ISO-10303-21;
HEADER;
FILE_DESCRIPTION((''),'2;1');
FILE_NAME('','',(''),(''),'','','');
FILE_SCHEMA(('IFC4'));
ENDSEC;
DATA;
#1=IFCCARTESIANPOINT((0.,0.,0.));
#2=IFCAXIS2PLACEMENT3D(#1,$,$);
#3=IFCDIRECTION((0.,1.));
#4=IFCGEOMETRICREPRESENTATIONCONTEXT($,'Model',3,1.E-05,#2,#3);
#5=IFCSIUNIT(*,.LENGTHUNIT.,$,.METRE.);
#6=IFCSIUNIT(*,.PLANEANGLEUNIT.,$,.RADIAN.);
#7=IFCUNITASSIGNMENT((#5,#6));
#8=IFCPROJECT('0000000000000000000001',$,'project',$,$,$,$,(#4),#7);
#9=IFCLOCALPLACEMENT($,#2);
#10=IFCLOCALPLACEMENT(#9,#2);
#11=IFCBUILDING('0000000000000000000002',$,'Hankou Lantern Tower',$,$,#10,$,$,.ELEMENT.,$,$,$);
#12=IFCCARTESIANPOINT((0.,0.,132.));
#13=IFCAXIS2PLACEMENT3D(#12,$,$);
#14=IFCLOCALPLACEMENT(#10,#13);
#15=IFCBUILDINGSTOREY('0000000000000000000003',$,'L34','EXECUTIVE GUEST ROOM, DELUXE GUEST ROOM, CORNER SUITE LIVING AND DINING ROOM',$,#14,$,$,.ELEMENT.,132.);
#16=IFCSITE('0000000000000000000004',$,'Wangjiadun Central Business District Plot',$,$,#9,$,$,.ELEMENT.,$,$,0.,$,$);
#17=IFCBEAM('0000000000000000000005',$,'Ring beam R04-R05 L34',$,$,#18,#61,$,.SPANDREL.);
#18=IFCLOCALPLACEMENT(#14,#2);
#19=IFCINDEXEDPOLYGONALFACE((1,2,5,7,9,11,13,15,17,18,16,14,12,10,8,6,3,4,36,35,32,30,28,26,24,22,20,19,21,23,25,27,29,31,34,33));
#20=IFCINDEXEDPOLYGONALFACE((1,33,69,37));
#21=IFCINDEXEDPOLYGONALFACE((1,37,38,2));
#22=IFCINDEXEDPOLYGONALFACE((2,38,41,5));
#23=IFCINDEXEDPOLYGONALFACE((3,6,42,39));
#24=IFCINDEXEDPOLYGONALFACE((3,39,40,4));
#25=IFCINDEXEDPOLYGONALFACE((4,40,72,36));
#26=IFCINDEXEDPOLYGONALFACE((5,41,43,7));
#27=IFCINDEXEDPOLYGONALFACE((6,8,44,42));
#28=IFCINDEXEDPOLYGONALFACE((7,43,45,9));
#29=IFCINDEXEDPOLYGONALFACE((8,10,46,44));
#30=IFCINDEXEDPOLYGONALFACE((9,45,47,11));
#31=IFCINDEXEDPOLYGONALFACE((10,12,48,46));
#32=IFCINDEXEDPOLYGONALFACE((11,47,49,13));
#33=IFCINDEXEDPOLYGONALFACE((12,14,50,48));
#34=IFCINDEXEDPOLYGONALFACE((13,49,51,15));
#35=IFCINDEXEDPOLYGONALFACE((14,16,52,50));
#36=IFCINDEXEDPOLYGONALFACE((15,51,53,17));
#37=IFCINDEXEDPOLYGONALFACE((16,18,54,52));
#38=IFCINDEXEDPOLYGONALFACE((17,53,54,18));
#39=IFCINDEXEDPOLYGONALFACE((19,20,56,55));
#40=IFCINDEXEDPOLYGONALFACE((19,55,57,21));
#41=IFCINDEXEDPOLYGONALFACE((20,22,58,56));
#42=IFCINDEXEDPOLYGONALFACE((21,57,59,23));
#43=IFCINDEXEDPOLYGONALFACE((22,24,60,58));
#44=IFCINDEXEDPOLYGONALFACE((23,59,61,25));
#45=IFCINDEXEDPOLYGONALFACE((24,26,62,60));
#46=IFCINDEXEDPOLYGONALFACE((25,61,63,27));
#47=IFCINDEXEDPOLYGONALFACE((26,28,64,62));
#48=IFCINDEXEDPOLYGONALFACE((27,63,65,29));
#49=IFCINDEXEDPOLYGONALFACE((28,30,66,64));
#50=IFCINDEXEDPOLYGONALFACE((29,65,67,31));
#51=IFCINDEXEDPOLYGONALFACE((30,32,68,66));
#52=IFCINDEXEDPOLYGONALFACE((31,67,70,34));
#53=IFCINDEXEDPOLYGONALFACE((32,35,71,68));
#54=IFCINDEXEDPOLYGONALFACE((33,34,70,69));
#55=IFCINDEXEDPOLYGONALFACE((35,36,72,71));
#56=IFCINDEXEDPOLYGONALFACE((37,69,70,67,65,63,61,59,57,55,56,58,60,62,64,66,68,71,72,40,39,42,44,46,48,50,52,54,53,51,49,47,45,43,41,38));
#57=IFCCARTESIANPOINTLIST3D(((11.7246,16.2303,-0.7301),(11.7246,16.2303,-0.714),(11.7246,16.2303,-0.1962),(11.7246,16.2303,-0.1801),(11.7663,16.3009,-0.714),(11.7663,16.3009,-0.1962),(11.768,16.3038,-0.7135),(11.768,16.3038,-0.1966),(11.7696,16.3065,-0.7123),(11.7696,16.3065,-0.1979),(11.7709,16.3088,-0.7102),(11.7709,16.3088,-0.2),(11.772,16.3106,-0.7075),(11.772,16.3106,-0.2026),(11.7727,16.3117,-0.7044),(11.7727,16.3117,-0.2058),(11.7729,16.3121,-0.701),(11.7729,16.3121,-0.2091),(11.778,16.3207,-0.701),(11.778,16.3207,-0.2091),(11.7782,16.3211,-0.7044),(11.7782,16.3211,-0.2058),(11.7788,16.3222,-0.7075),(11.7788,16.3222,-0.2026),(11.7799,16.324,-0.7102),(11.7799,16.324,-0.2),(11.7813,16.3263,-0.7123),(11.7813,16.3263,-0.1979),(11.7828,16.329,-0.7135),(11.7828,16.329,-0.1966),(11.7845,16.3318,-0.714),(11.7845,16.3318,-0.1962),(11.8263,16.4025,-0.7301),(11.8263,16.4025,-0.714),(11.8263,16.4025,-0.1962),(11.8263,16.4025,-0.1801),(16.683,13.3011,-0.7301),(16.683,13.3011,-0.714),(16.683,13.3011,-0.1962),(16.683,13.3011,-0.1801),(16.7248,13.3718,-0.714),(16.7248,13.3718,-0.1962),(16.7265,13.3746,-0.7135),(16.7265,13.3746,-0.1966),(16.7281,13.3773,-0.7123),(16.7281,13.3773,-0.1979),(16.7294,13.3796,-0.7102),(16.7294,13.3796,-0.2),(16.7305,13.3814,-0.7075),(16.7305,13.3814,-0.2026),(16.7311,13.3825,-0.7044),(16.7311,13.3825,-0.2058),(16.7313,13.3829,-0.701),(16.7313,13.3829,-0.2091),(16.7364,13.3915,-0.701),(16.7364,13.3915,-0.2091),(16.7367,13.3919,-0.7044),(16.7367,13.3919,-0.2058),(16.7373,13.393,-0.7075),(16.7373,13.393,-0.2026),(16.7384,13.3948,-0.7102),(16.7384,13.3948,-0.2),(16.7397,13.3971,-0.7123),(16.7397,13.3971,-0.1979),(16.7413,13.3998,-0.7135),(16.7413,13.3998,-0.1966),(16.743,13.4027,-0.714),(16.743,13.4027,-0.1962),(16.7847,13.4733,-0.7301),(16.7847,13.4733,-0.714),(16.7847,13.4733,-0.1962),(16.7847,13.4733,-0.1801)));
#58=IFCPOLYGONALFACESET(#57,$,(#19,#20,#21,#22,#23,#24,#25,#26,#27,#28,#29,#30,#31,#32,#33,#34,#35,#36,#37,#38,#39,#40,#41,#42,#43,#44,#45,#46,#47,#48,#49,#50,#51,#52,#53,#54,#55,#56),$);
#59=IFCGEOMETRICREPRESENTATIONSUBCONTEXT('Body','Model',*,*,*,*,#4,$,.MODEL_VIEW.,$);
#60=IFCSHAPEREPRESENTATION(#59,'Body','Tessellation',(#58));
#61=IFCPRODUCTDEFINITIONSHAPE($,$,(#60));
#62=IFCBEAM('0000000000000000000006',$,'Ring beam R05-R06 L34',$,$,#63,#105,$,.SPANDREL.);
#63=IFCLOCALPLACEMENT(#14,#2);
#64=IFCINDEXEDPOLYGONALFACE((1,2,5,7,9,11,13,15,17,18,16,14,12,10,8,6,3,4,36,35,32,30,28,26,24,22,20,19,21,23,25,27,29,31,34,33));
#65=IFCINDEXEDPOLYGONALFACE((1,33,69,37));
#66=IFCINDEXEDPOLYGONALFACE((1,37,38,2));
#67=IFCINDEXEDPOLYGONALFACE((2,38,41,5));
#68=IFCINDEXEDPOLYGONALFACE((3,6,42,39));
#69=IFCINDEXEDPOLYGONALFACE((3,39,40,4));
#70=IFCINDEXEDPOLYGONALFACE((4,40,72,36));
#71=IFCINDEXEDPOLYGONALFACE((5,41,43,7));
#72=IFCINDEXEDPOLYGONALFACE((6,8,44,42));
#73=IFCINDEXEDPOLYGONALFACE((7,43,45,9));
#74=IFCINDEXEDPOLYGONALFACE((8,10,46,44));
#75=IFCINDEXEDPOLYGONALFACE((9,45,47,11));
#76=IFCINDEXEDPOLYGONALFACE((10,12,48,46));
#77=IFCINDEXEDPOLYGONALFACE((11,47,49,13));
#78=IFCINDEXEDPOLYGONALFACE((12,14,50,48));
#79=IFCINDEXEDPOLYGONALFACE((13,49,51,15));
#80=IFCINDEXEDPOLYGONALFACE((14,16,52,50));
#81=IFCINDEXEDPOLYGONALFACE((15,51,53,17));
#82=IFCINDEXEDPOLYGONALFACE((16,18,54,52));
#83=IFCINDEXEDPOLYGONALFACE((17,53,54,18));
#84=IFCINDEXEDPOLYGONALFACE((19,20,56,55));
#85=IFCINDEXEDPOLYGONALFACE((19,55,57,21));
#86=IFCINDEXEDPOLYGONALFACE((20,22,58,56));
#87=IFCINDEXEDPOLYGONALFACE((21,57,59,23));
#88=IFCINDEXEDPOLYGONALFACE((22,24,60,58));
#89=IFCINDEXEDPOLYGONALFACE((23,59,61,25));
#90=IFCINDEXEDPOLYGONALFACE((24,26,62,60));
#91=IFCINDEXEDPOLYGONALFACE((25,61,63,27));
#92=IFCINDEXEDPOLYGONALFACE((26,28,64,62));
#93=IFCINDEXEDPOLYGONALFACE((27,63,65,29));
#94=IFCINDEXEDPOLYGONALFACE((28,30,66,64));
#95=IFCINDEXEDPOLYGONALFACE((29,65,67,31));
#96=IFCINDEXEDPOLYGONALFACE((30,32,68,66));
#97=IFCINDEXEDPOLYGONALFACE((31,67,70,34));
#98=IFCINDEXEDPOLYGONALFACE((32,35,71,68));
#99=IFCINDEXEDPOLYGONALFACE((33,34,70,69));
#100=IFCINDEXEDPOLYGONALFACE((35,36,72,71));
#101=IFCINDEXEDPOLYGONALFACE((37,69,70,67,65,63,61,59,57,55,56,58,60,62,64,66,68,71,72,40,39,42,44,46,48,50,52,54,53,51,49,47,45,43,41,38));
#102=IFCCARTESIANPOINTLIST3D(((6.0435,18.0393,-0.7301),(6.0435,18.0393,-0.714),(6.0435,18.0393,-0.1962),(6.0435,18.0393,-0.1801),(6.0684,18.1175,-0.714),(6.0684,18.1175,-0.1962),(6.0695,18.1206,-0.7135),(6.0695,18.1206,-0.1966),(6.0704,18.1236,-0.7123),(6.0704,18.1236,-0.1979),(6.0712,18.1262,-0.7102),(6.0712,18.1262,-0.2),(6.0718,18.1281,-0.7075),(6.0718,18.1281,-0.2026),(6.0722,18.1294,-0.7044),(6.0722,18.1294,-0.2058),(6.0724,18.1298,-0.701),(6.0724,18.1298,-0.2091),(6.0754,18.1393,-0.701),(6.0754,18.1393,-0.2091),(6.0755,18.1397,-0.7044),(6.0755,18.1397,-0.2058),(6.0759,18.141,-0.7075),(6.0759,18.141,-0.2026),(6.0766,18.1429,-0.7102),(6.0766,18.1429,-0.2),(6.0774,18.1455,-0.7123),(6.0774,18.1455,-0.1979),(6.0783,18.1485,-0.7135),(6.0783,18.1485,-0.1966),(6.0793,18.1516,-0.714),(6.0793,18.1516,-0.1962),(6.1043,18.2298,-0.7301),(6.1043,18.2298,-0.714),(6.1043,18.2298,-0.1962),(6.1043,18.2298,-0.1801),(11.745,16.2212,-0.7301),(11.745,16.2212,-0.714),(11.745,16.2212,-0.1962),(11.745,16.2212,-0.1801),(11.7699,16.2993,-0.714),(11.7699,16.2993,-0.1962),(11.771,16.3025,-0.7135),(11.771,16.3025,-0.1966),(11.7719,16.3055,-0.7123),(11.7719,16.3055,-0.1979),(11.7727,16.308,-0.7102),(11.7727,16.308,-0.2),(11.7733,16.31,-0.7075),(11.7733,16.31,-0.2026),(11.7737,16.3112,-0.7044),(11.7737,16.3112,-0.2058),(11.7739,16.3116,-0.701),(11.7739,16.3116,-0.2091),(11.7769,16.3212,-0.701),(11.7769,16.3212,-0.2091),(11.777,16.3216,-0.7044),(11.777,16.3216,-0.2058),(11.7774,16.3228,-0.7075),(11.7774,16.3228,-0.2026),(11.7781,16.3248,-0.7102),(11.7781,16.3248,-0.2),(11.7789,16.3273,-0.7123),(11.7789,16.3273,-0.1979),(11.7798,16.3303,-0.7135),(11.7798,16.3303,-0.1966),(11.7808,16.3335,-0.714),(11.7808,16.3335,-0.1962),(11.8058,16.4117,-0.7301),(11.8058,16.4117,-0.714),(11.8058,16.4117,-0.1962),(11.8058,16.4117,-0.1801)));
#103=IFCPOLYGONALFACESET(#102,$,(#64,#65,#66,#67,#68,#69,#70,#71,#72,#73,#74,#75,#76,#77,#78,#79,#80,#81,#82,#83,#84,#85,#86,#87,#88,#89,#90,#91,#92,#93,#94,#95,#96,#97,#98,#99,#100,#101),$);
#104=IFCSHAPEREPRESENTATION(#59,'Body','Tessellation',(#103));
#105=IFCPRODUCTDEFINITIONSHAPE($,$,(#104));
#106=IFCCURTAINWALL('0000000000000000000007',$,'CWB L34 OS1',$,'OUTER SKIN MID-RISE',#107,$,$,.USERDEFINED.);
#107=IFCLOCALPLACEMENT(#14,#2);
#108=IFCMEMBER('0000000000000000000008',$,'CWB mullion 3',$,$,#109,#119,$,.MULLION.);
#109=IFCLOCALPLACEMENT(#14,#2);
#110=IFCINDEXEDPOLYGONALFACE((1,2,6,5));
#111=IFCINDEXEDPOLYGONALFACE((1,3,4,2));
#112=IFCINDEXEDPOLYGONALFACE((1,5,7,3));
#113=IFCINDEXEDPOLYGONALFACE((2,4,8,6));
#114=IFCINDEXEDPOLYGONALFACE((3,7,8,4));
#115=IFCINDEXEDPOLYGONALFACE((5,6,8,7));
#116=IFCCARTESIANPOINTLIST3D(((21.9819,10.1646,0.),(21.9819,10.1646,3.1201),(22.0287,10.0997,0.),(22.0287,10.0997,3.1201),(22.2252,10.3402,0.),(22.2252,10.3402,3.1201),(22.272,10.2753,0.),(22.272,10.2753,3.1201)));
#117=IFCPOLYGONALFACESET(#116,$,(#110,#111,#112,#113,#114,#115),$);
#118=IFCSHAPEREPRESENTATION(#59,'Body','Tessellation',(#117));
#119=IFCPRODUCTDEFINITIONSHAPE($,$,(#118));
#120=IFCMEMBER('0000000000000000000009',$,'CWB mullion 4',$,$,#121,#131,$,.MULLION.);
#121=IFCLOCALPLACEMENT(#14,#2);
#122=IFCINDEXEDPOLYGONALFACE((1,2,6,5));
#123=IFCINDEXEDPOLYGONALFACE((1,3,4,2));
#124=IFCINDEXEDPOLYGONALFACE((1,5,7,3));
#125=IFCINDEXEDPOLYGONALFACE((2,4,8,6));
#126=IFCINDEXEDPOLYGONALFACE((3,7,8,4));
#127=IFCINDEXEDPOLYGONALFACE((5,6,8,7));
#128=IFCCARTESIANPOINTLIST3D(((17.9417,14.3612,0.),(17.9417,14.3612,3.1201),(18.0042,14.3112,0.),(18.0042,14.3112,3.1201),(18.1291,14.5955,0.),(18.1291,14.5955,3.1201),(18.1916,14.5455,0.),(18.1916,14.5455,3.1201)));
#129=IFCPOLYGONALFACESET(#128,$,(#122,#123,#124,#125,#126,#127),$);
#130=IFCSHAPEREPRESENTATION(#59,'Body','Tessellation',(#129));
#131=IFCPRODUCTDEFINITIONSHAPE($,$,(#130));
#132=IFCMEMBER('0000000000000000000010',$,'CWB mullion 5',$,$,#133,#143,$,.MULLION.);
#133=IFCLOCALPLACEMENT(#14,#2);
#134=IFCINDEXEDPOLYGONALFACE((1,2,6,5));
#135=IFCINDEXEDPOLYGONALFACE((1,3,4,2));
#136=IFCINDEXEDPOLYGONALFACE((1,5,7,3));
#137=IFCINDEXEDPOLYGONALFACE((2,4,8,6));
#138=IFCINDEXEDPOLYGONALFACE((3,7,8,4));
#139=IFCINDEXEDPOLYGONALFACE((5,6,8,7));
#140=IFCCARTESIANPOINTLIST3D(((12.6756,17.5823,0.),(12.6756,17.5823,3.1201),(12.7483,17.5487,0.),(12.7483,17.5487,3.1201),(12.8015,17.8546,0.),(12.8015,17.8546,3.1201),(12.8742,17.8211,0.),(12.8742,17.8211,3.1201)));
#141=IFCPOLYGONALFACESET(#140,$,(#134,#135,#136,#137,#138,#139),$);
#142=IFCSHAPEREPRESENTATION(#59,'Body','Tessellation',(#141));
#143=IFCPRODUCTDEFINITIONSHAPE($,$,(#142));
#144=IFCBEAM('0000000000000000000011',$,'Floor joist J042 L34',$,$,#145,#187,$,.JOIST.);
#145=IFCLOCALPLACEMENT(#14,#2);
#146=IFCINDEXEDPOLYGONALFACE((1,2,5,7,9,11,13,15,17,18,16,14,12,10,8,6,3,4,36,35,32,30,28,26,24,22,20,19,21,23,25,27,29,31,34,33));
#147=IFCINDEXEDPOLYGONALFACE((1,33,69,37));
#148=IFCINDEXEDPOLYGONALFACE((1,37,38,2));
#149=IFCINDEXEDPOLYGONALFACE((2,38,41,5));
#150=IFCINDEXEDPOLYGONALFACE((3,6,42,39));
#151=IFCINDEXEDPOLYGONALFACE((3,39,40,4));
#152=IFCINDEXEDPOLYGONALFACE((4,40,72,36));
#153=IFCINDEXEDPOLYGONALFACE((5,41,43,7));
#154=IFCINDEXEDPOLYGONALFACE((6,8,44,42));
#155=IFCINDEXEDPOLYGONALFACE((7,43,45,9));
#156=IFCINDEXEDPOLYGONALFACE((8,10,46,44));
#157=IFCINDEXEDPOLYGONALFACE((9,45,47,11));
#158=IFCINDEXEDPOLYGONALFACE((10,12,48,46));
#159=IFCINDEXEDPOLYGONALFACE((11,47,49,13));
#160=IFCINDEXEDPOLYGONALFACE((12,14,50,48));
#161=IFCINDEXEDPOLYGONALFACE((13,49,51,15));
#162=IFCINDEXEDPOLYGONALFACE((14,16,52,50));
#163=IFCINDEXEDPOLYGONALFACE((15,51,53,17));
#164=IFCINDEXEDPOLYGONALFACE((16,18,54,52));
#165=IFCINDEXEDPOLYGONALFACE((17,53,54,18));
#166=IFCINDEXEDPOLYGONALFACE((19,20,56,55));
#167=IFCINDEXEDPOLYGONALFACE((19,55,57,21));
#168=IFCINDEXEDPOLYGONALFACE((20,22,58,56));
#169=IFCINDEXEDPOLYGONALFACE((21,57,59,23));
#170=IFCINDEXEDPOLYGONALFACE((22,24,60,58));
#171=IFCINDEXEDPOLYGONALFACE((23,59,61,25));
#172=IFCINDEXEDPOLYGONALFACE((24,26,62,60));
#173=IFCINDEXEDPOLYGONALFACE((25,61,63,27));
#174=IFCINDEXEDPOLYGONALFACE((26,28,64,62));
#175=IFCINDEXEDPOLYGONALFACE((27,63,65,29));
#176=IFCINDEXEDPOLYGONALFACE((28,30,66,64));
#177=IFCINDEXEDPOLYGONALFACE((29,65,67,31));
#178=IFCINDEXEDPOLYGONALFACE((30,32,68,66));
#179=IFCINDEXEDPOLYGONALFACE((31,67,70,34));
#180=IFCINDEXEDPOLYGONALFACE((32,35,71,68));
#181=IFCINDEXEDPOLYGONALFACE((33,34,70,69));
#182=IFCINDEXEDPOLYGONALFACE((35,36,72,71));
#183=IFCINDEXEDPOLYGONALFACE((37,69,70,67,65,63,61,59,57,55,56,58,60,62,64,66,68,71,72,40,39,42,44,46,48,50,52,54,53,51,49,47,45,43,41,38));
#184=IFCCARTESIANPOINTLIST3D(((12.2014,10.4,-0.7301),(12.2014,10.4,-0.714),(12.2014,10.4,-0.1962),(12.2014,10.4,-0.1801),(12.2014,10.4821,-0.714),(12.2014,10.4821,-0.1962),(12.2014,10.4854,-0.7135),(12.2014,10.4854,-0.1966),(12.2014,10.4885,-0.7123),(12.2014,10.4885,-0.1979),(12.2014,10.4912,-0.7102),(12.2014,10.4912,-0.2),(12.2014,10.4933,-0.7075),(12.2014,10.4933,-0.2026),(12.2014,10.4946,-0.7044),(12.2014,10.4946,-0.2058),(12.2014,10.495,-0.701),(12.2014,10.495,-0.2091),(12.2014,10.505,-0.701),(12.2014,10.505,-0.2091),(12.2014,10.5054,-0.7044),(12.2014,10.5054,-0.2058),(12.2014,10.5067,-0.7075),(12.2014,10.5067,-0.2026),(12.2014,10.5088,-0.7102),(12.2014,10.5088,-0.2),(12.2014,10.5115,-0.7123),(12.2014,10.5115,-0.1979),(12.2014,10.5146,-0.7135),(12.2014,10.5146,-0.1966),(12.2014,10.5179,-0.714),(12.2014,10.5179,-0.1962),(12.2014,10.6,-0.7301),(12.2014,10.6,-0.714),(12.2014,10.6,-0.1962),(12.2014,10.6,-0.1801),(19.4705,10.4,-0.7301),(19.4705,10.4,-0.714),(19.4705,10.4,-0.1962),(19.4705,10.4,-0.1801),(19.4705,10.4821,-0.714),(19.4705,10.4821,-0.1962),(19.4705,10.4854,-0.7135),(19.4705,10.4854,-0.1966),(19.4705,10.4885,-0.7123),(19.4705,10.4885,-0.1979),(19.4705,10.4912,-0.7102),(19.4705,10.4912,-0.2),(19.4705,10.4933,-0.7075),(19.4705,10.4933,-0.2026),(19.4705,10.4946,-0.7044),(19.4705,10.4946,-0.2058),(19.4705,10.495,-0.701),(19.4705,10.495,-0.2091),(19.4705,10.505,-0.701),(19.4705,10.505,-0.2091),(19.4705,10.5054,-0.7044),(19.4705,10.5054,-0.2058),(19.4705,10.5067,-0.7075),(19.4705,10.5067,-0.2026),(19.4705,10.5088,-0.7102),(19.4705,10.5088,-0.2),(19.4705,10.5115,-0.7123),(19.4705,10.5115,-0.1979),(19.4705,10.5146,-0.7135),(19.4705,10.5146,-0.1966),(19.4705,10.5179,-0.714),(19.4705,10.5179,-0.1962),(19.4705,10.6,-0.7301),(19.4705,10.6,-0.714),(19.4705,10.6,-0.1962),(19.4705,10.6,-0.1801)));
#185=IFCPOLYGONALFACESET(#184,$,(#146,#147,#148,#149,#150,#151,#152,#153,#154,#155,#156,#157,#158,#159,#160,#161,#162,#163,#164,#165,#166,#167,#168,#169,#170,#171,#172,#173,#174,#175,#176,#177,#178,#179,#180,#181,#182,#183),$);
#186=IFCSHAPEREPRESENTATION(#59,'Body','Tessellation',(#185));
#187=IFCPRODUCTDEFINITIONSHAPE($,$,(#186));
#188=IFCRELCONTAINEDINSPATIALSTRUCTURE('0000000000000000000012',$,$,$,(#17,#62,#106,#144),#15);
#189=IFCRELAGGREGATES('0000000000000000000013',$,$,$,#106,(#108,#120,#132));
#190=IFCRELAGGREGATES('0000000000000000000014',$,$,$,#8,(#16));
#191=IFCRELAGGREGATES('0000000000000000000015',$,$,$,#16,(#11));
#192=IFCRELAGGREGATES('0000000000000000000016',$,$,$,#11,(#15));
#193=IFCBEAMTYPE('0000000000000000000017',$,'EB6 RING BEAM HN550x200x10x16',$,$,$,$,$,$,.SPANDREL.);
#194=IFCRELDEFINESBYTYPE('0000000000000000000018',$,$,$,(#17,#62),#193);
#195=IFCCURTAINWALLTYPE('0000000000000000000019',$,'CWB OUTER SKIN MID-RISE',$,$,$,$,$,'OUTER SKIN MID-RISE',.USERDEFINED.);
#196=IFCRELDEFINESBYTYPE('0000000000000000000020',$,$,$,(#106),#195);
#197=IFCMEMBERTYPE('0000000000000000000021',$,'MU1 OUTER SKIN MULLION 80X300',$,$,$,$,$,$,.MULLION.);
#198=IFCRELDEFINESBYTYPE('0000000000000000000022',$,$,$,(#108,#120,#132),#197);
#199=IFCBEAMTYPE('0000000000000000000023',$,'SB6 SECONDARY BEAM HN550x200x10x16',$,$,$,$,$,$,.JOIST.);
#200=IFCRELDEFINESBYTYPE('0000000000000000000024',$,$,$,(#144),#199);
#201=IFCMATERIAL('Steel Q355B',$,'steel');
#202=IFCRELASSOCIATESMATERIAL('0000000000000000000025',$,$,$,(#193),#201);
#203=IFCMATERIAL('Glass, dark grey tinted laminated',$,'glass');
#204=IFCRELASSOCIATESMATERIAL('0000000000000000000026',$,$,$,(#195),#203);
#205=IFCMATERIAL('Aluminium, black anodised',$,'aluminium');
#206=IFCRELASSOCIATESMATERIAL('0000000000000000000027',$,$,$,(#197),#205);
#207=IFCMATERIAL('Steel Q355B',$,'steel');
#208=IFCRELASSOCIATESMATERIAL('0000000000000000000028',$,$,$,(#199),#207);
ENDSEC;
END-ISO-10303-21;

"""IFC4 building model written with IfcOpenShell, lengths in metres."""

from ifc_helpers import new_model, si_unit, direction, frame, origin, origin_2d, place, context, subcontext, project, spatial, rectangle, i_section, extrude, material, material_profile, profile_set, type_object, element, aggregate, save


model = new_model("IFC4")

# Units and contexts
model_context = context("Model", 3, precision=1e-05, world=origin(), true_north=direction((0.0, 1.0)))
body_context = subcontext(model_context, "Body", "Model", "MODEL_VIEW")
ifc_project = project(units=[si_unit("LENGTHUNIT", "METRE"), si_unit("PLANEANGLEUNIT", "RADIAN")], contexts=[model_context])

# Site, building, storey
site_placement = place(None, origin())
site = spatial("IfcSite", under=ifc_project, at=site_placement, Name="Wangjiadun Central Business District Plot", CompositionType="ELEMENT", RefElevation=0.0)
building_placement = place(site_placement, origin())
building = spatial("IfcBuilding", under=site, at=building_placement, Name="Hankou Lantern Tower", CompositionType="ELEMENT")
storey_placement = place(building_placement, frame((0.0, 0.0, 132.0)))
storey = spatial("IfcBuildingStorey", under=building, at=storey_placement, Name="L34", Description="EXECUTIVE GUEST ROOM, DELUXE GUEST ROOM, CORNER SUITE LIVING AND DINING ROOM", CompositionType="ELEMENT", Elevation=132.0)

# Beams
ifc_material_1 = material(Name="Steel Q355B", Category="steel")
ifc_material_profile_1 = material_profile(ifc_material_1, i_section(OverallWidth=0.2, OverallDepth=0.55, WebThickness=0.01, FlangeThickness=0.0161, FilletRadius=0.0129, at=origin_2d()), Name="HN550x200x10x16")
ifc_profile_set_1 = profile_set([ifc_material_profile_1], Name="Steel Q355B")
beam_type_1 = type_object("IfcBeamType", Name="EB6 RING BEAM HN550x200x10x16", PredefinedType="SPANDREL", material=ifc_profile_set_1)
beam_1_placement = place(storey_placement, frame((16.7339, 13.3872, -0.4551), z_axis=(-0.860989, 0.508624, 0.0), x_axis=(-0.508624, -0.860989, 0.0)))
element("IfcBeam", 1, at=beam_1_placement, inside=storey, type_object=beam_type_1, Name="Ring beam R04-R05 L34", PredefinedType="SPANDREL", context=body_context, shape_type="SweptSolid", body=[
    extrude(i_section(OverallWidth=0.2, OverallDepth=0.55, WebThickness=0.01, FlangeThickness=0.0161, FilletRadius=0.0129, at=origin_2d()), origin(), (0.0, 0.0, 1.0), 5.759),
])
beam_2_placement = place(storey_placement, frame((11.7754, 16.3164, -0.4551), z_axis=(-0.952731, 0.303815, 0.0), x_axis=(-0.303815, -0.952731, 0.0)))
element("IfcBeam", 2, at=beam_2_placement, inside=storey, type_object=beam_type_1, Name="Ring beam R05-R06 L34", PredefinedType="SPANDREL", context=body_context, shape_type="SweptSolid", body=[
    extrude(i_section(OverallWidth=0.2, OverallDepth=0.55, WebThickness=0.01, FlangeThickness=0.0161, FilletRadius=0.0129, at=origin_2d()), origin(), (0.0, 0.0, 1.0), 5.9844),
])

# Curtain wall, members
ifc_material_2 = material(Name="Glass, dark grey tinted laminated", Category="glass")
curtain_wall_type = type_object("IfcCurtainWallType", Name="CWB OUTER SKIN MID-RISE", ElementType="OUTER SKIN MID-RISE", PredefinedType="USERDEFINED", material=ifc_material_2)
curtain_wall_placement = place(storey_placement, origin())
curtain_wall = element("IfcCurtainWall", 3, at=curtain_wall_placement, inside=storey, type_object=curtain_wall_type, Name="CWB L34 OS1", ObjectType="OUTER SKIN MID-RISE", PredefinedType="USERDEFINED")
ifc_material_3 = material(Name="Aluminium, black anodised", Category="aluminium")
ifc_material_profile_2 = material_profile(ifc_material_3, rectangle(XDim=0.0801, YDim=0.3, at=origin_2d()), Name="MU1 80X300")
ifc_profile_set_2 = profile_set([ifc_material_profile_2], Name="Aluminium, black anodised")
member_type_1 = type_object("IfcMemberType", Name="MU1 OUTER SKIN MULLION 80X300", PredefinedType="MULLION", material=ifc_profile_set_2)
member_1_placement = place(storey_placement, frame((22.127, 10.22, 0.0), z_axis=(0.0, 0.0, 1.0), x_axis=(-0.585206, 0.810885, 0.0)))
member_1 = element("IfcMember", 4, at=member_1_placement, type_object=member_type_1, Name="CWB mullion 3", PredefinedType="MULLION", context=body_context, shape_type="SweptSolid", body=[
    extrude(rectangle(XDim=0.0801, YDim=0.3, at=origin_2d()), origin(), (0.0, 0.0, 1.0), 3.1201),
])
member_2_placement = place(storey_placement, frame((18.0667, 14.4534, 0.0), z_axis=(0.0, 0.0, 1.0), x_axis=(-0.780869, 0.624695, 0.0)))
member_2 = element("IfcMember", 5, at=member_2_placement, type_object=member_type_1, Name="CWB mullion 4", PredefinedType="MULLION", context=body_context, shape_type="SweptSolid", body=[
    extrude(rectangle(XDim=0.0801, YDim=0.3, at=origin_2d()), origin(), (0.0, 0.0, 1.0), 3.1201),
])
member_3_placement = place(storey_placement, frame((12.7749, 17.7017, 0.0), z_axis=(0.0, 0.0, 1.0), x_axis=(-0.907841, 0.419314, 0.0)))
member_3 = element("IfcMember", 6, at=member_3_placement, type_object=member_type_1, Name="CWB mullion 5", PredefinedType="MULLION", context=body_context, shape_type="SweptSolid", body=[
    extrude(rectangle(XDim=0.0801, YDim=0.3, at=origin_2d()), origin(), (0.0, 0.0, 1.0), 3.1201),
])

# Beam
ifc_material_4 = material(Name="Steel Q355B", Category="steel")
ifc_material_profile_3 = material_profile(ifc_material_4, i_section(OverallWidth=0.2, OverallDepth=0.55, WebThickness=0.01, FlangeThickness=0.0161, FilletRadius=0.0129, at=origin_2d()), Name="HN550x200x10x16")
ifc_profile_set_3 = profile_set([ifc_material_profile_3], Name="Steel Q355B")
beam_type_2 = type_object("IfcBeamType", Name="SB6 SECONDARY BEAM HN550x200x10x16", PredefinedType="JOIST", material=ifc_profile_set_3)
beam_3_placement = place(storey_placement, frame((12.2014, 10.5, -0.4551), z_axis=(1.0, 0.0, 0.0), x_axis=(0.0, 1.0, 0.0)))
element("IfcBeam", 7, at=beam_3_placement, inside=storey, type_object=beam_type_2, Name="Floor joist J042 L34", PredefinedType="JOIST", context=body_context, shape_type="SweptSolid", body=[
    extrude(i_section(OverallWidth=0.2, OverallDepth=0.55, WebThickness=0.01, FlangeThickness=0.0161, FilletRadius=0.0129, at=origin_2d()), origin(), (0.0, 0.0, 1.0), 7.269),
])

aggregate(curtain_wall, [member_1, member_2, member_3])

save(model, "model.ifc")
